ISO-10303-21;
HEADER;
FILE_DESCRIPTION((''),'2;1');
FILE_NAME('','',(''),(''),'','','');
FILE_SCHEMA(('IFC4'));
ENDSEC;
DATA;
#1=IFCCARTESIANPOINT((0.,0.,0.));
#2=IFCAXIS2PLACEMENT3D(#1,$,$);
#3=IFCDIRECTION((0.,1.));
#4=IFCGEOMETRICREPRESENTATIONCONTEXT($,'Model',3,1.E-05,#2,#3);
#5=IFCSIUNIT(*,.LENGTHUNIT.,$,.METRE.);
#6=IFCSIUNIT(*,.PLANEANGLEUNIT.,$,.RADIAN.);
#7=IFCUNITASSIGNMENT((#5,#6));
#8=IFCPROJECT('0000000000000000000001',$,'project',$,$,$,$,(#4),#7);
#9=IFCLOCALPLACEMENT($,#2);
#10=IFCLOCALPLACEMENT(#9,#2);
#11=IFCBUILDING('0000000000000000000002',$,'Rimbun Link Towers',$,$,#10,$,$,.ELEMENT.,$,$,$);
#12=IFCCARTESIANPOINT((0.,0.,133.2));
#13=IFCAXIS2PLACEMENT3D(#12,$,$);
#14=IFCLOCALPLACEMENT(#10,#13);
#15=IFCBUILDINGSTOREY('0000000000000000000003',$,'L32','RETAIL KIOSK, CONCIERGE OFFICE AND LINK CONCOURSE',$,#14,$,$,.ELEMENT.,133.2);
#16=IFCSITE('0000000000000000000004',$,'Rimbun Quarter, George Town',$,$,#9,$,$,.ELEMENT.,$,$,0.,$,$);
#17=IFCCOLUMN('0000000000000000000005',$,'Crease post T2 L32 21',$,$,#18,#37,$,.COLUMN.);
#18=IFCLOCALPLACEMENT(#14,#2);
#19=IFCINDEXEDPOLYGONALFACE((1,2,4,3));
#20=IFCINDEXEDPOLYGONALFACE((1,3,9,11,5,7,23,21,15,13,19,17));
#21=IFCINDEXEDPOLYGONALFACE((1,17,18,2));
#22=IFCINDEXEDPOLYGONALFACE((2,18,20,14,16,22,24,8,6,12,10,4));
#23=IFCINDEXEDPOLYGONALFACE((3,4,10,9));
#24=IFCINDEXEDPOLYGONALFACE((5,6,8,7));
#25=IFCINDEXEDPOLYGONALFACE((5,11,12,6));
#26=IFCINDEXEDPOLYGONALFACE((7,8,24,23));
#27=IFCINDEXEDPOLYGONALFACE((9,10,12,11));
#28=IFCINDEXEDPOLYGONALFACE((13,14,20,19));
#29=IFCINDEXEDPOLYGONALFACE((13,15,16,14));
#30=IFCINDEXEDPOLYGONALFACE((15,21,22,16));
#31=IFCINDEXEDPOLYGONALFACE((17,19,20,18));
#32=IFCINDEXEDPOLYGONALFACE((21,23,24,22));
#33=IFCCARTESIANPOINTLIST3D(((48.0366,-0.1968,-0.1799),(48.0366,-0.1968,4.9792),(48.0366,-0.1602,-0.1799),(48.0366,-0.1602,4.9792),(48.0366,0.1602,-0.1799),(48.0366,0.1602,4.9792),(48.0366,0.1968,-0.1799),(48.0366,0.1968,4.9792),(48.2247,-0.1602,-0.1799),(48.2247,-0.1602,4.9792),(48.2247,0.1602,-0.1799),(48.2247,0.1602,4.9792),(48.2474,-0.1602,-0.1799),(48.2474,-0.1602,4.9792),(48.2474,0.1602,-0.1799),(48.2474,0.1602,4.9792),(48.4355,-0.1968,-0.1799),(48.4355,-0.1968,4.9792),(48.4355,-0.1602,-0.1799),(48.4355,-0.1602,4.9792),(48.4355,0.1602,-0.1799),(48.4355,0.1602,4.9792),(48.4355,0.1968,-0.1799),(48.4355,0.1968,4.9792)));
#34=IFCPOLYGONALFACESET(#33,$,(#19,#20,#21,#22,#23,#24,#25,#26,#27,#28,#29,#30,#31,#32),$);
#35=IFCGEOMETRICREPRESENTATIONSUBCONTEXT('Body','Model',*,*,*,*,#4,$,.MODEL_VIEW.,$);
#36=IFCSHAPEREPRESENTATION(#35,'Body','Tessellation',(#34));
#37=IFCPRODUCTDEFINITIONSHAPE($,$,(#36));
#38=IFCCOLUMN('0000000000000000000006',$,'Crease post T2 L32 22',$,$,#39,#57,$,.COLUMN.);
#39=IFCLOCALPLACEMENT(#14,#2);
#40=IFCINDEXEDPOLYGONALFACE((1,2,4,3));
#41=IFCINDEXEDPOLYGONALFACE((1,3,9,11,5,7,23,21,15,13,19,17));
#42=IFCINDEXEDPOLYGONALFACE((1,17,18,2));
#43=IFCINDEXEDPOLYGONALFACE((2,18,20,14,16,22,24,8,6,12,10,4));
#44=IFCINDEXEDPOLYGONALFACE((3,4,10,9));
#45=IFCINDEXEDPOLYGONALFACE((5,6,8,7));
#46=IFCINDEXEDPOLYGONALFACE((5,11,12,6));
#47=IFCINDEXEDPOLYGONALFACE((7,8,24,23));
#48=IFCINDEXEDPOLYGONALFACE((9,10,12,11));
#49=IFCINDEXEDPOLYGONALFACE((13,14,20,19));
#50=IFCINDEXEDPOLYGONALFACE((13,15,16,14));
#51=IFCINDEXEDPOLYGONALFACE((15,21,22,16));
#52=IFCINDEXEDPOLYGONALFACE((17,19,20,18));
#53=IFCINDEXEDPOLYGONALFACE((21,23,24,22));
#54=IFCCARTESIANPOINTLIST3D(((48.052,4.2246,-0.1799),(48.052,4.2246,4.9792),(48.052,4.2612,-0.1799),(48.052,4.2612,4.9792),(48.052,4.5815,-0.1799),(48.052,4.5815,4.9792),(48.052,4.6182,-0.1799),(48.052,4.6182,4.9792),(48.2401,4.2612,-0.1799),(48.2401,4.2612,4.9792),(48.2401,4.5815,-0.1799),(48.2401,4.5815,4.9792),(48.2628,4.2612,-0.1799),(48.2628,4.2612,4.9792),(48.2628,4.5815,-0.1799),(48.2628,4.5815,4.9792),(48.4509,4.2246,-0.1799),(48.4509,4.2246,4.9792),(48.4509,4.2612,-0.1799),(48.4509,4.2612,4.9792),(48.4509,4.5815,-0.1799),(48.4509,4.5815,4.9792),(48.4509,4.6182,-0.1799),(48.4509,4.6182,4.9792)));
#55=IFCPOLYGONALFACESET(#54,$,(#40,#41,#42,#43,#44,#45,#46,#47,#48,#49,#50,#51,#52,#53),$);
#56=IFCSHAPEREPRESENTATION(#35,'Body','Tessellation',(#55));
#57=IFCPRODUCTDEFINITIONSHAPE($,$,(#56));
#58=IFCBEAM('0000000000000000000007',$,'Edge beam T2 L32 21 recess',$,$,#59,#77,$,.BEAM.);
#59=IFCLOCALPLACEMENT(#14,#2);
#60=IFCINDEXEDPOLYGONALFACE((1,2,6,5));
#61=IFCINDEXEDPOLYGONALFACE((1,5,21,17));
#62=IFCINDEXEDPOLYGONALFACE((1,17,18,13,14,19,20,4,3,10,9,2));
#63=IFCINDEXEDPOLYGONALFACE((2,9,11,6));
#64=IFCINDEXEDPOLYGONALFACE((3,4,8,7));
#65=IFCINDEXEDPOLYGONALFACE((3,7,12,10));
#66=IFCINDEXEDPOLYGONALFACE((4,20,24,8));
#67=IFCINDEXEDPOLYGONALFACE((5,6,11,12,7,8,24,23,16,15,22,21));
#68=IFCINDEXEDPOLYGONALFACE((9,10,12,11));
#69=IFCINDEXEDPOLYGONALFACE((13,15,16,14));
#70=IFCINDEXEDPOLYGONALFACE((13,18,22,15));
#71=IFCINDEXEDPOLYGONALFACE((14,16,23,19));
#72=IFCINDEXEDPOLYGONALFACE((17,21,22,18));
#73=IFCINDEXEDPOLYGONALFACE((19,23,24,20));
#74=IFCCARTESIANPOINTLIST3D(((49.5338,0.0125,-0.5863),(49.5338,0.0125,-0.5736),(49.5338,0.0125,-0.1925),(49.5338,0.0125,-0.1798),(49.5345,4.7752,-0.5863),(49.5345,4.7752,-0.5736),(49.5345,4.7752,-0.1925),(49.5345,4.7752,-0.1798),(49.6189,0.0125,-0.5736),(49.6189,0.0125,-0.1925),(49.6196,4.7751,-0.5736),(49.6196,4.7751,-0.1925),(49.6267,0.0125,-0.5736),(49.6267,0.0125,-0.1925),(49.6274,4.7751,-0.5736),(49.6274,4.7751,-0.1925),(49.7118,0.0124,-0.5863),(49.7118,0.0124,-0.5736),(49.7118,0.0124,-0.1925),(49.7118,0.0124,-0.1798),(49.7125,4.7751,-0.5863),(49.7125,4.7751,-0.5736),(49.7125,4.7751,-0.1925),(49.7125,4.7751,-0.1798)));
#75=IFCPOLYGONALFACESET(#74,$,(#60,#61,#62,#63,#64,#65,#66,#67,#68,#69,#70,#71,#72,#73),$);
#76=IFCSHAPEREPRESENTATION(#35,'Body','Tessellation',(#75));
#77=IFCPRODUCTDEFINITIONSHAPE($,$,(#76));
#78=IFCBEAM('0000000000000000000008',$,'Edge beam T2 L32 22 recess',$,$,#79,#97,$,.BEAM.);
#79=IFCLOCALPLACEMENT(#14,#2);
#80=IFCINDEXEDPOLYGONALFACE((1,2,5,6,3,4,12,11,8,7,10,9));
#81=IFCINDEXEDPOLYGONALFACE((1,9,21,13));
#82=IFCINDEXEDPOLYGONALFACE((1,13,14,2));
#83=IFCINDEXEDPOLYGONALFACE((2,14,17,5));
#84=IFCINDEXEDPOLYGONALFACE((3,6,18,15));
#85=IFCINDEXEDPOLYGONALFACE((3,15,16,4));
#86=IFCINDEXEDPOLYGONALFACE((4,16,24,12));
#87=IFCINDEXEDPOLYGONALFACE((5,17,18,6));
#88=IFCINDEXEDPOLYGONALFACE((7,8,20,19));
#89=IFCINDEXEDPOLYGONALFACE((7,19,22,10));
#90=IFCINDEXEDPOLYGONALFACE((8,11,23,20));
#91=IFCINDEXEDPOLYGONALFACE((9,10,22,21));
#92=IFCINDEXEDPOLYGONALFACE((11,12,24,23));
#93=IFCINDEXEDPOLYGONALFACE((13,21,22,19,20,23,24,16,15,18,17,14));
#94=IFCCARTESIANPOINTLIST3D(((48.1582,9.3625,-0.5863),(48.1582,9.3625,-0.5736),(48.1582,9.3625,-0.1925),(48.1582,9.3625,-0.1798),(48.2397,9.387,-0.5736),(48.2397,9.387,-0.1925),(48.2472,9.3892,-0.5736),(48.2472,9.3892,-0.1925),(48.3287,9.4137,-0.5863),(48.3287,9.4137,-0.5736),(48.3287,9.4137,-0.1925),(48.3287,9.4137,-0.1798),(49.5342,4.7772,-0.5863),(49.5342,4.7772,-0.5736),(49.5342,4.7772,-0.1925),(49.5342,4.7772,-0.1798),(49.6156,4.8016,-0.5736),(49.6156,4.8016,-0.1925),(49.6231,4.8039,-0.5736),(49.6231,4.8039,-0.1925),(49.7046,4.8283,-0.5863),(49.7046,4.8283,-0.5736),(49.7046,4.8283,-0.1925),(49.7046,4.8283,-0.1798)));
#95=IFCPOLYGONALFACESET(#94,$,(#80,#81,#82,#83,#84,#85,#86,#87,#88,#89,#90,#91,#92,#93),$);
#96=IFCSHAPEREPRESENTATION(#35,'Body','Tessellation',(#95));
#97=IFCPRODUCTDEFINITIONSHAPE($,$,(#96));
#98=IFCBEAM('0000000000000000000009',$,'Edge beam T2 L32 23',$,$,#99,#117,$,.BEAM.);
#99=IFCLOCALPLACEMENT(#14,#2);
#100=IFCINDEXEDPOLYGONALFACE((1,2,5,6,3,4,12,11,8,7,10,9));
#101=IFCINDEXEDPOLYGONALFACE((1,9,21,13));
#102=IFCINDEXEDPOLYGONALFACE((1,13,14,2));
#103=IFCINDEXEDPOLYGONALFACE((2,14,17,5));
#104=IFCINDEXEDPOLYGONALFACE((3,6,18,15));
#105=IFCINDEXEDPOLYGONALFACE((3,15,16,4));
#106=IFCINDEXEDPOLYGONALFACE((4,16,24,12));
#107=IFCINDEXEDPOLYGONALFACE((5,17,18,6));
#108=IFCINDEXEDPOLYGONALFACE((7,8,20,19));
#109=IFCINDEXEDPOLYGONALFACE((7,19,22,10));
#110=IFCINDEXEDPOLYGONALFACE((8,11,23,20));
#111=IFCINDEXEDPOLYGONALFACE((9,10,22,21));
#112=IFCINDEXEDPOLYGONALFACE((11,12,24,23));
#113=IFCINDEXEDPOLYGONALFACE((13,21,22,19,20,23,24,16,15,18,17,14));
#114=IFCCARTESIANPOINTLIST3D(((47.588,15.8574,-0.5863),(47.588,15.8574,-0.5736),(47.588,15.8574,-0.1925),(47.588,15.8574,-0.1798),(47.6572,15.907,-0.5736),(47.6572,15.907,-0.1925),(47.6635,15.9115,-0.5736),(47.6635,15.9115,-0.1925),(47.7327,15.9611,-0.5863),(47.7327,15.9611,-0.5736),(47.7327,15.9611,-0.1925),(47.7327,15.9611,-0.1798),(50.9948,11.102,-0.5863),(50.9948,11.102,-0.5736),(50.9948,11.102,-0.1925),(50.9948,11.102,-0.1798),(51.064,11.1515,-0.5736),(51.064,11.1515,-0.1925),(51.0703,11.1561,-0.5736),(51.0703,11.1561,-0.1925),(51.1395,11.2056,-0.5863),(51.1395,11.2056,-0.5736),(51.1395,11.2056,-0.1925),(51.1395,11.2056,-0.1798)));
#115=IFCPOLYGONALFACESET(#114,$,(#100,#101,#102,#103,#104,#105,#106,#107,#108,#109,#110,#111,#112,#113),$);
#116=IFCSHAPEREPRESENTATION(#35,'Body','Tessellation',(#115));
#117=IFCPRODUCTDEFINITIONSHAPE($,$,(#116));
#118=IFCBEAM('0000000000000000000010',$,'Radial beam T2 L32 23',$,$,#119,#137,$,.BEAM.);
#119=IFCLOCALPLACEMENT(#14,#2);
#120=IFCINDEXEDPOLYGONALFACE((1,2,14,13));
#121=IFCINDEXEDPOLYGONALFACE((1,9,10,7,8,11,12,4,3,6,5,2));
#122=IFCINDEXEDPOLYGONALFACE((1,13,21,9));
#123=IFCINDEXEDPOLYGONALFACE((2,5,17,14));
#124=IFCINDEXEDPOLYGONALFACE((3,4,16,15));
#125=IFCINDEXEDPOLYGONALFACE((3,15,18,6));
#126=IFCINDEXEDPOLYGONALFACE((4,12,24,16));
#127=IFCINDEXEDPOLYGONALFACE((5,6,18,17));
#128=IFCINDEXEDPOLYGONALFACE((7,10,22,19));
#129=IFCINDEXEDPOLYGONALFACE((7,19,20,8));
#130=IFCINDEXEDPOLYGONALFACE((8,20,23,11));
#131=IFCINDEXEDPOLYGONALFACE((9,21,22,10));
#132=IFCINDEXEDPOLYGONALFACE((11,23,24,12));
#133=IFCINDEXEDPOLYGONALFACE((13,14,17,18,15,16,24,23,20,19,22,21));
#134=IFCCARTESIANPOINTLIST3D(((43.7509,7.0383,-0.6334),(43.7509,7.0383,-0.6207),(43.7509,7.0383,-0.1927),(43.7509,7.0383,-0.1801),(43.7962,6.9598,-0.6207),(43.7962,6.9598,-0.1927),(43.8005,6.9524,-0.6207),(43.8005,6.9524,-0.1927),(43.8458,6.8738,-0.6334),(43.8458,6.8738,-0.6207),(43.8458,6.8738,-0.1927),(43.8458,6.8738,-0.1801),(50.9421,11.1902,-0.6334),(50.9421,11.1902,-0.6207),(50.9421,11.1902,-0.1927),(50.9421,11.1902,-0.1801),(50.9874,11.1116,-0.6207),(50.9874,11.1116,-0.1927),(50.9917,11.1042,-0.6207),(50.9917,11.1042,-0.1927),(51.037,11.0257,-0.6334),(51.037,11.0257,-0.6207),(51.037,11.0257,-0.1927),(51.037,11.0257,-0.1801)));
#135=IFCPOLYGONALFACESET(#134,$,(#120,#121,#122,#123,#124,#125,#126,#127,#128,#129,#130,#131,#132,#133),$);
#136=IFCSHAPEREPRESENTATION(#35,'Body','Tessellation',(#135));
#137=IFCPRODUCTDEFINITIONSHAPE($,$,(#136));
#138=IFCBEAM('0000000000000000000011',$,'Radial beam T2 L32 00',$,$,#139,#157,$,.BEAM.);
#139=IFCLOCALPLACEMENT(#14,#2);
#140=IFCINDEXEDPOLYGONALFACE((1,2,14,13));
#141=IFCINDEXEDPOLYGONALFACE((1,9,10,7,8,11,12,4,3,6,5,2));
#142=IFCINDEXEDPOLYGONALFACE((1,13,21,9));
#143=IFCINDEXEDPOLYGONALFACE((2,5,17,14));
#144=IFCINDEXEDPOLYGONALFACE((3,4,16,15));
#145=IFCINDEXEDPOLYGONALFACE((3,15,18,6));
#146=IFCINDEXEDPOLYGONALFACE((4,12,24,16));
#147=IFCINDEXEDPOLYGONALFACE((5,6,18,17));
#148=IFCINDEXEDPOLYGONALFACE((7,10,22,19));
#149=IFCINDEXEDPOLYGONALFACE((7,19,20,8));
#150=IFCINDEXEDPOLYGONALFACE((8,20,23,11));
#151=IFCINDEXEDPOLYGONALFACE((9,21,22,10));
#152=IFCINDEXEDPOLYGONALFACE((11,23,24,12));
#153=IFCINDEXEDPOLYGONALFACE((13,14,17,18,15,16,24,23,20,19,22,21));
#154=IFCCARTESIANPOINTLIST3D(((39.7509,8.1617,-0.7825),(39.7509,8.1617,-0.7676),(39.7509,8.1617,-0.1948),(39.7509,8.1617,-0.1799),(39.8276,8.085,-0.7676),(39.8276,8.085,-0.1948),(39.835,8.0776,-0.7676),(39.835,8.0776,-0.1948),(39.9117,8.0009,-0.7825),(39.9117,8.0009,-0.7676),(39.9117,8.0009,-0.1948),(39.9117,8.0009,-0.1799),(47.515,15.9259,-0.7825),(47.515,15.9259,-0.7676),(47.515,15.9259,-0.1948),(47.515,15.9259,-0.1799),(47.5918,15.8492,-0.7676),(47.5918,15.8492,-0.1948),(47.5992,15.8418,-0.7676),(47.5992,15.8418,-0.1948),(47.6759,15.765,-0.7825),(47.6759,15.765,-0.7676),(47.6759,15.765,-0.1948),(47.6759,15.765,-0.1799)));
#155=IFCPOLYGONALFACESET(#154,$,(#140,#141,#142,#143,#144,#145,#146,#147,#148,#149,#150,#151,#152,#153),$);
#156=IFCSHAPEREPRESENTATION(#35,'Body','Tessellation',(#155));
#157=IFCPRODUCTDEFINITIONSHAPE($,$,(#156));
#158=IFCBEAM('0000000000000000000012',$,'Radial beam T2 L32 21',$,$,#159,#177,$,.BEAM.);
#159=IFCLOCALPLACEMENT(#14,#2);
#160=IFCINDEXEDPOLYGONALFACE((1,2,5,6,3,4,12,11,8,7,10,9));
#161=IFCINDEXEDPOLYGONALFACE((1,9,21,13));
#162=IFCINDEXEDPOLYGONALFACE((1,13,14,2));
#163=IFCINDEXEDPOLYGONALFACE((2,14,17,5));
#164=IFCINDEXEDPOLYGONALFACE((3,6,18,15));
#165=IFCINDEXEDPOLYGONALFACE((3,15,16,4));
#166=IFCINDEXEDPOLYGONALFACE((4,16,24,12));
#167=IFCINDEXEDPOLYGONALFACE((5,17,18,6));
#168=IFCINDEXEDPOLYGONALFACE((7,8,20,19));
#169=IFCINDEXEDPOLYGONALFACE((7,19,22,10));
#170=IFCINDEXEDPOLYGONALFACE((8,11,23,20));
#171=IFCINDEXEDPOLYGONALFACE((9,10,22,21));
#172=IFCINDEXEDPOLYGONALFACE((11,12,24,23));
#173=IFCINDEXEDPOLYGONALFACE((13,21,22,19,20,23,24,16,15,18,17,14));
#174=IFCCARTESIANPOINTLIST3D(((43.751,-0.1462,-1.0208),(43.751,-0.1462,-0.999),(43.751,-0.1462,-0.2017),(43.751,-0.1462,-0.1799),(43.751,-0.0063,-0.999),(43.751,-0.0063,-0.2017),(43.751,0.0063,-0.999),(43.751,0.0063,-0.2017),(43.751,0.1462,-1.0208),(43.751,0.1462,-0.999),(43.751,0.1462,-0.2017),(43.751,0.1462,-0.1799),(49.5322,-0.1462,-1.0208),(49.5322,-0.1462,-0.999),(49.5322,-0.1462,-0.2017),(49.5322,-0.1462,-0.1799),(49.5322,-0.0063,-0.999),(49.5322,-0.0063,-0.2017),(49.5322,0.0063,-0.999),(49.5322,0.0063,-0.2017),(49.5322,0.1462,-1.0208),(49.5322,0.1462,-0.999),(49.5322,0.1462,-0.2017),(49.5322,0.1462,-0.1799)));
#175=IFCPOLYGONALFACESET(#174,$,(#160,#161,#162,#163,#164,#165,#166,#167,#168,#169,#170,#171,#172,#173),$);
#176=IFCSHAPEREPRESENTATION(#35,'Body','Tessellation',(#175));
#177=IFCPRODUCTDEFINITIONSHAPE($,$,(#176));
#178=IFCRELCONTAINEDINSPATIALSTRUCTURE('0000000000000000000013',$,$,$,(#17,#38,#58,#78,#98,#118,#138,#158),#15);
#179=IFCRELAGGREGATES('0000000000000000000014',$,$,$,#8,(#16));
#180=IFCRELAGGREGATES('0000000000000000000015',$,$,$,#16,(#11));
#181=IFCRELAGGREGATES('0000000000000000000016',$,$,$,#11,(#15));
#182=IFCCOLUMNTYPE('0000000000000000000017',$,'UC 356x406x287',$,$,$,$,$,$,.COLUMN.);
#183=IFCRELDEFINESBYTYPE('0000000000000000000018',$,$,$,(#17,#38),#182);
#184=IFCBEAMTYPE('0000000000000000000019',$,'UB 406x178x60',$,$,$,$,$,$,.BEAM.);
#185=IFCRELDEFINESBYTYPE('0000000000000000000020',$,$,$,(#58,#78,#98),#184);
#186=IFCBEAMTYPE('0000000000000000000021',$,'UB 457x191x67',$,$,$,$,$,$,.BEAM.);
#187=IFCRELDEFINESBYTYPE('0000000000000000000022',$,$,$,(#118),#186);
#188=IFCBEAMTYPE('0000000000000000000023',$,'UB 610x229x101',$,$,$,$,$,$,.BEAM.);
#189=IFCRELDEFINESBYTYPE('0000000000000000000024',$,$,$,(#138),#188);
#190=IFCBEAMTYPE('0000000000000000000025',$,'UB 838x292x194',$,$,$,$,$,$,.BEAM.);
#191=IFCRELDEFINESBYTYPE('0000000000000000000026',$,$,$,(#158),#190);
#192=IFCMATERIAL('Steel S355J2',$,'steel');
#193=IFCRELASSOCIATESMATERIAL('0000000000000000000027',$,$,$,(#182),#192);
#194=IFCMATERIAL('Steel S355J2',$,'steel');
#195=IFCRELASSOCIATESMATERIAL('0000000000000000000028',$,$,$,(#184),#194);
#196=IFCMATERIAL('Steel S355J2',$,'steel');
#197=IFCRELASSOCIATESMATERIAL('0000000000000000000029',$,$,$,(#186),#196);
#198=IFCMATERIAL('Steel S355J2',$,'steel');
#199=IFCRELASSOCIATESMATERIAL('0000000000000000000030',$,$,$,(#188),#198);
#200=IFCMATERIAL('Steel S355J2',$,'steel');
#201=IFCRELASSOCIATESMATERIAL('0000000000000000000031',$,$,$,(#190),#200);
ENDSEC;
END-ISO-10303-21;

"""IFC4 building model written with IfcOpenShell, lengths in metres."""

from ifc_helpers import new_model, si_unit, direction, frame, origin, origin_2d, place, context, subcontext, project, spatial, i_section, extrude, material, material_profile, profile_set, type_object, element, save


model = new_model("IFC4")

# Units and contexts
model_context = context("Model", 3, precision=1e-05, world=origin(), true_north=direction((0.0, 1.0)))
body_context = subcontext(model_context, "Body", "Model", "MODEL_VIEW")
ifc_project = project(units=[si_unit("LENGTHUNIT", "METRE"), si_unit("PLANEANGLEUNIT", "RADIAN")], contexts=[model_context])

# Site, building, storey
site_placement = place(None, origin())
site = spatial("IfcSite", under=ifc_project, at=site_placement, Name="Rimbun Quarter, George Town", CompositionType="ELEMENT", RefElevation=0.0)
building_placement = place(site_placement, origin())
building = spatial("IfcBuilding", under=site, at=building_placement, Name="Rimbun Link Towers", CompositionType="ELEMENT")
storey_placement = place(building_placement, frame((0.0, 0.0, 133.2)))
storey = spatial("IfcBuildingStorey", under=building, at=storey_placement, Name="L32", Description="RETAIL KIOSK, CONCIERGE OFFICE AND LINK CONCOURSE", CompositionType="ELEMENT", Elevation=133.2)

# Columns
ifc_material_1 = material(Name="Steel S355J2", Category="steel")
ifc_material_profile_1 = material_profile(ifc_material_1, i_section(OverallWidth=0.3989, OverallDepth=0.3936, WebThickness=0.0227, FlangeThickness=0.0366, at=origin_2d()), Name="UC 356x406x287")
ifc_profile_set_1 = profile_set([ifc_material_profile_1], Name="Steel S355J2")
column_type = type_object("IfcColumnType", Name="UC 356x406x287", PredefinedType="COLUMN", material=ifc_profile_set_1)
for number, where, z_axis, x_axis, name in (
    (1, (48.2361, 0.0, -0.1799), (0.0, 0.0, 1.0), (1.0, 0.0, 0.0), "Crease post T2 L32 21"),
    (2, (48.2515, 4.4214, -0.1799), (0.0, 0.0, 1.0), (1.0, 0.0, 0.0), "Crease post T2 L32 22"),
):
    element("IfcColumn", number, at=place(storey_placement, frame(where, z_axis=z_axis, x_axis=x_axis)), inside=storey, type_object=column_type, Name=name, PredefinedType="COLUMN", context=body_context, shape_type="SweptSolid", body=[
        extrude(i_section(OverallWidth=0.3989, OverallDepth=0.3936, WebThickness=0.0227, FlangeThickness=0.0366, at=origin_2d()), origin(), (0.0, 0.0, 1.0), 5.1592),
    ])

# Beams
ifc_material_2 = material(Name="Steel S355J2", Category="steel")
ifc_material_profile_2 = material_profile(ifc_material_2, i_section(OverallWidth=0.178, OverallDepth=0.4065, WebThickness=0.0078, FlangeThickness=0.0127, at=origin_2d()), Name="UB 406x178x60")
ifc_profile_set_2 = profile_set([ifc_material_profile_2], Name="Steel S355J2")
beam_type_1 = type_object("IfcBeamType", Name="UB 406x178x60", PredefinedType="BEAM", material=ifc_profile_set_2)
beam_1_placement = place(storey_placement, frame((49.6228, 0.0125, -0.3831), z_axis=(0.000154, 1.0, 0.0), x_axis=(-1.0, 0.000154, 0.0)))
element("IfcBeam", 3, at=beam_1_placement, inside=storey, type_object=beam_type_1, Name="Edge beam T2 L32 21 recess", PredefinedType="BEAM", context=body_context, shape_type="SweptSolid", body=[
    extrude(i_section(OverallWidth=0.178, OverallDepth=0.4065, WebThickness=0.0078, FlangeThickness=0.0127, at=origin_2d()), origin(), (0.0, 0.0, 1.0), 4.7627),
])
beam_2_placement = place(storey_placement, frame((49.6194, 4.8027, -0.3831), z_axis=(-0.287413, 0.957807, 0.0), x_axis=(-0.957807, -0.287413, 0.0)))
element("IfcBeam", 4, at=beam_2_placement, inside=storey, type_object=beam_type_1, Name="Edge beam T2 L32 22 recess", PredefinedType="BEAM", context=body_context, shape_type="SweptSolid", body=[
    extrude(i_section(OverallWidth=0.178, OverallDepth=0.4065, WebThickness=0.0078, FlangeThickness=0.0127, at=origin_2d()), origin(), (0.0, 0.0, 1.0), 4.7874),
])
beam_3_placement = place(storey_placement, frame((51.0671, 11.1538, -0.3831), z_axis=(-0.582375, 0.812921, 0.0), x_axis=(-0.812921, -0.582375, 0.0)))
element("IfcBeam", 5, at=beam_3_placement, inside=storey, type_object=beam_type_1, Name="Edge beam T2 L32 23", PredefinedType="BEAM", context=body_context, shape_type="SweptSolid", body=[
    extrude(i_section(OverallWidth=0.178, OverallDepth=0.4065, WebThickness=0.0078, FlangeThickness=0.0127, at=origin_2d()), origin(), (0.0, 0.0, 1.0), 5.8499),
])
ifc_material_3 = material(Name="Steel S355J2", Category="steel")
ifc_material_profile_3 = material_profile(ifc_material_3, i_section(OverallWidth=0.1899, OverallDepth=0.4534, WebThickness=0.0085, FlangeThickness=0.0127, at=origin_2d()), Name="UB 457x191x67")
ifc_profile_set_3 = profile_set([ifc_material_profile_3], Name="Steel S355J2")
beam_type_2 = type_object("IfcBeamType", Name="UB 457x191x67", PredefinedType="BEAM", material=ifc_profile_set_3)
beam_4_placement = place(storey_placement, frame((43.7983, 6.9561, -0.4067), z_axis=(0.866024, 0.500003, 0.0), x_axis=(-0.500003, 0.866024, 0.0)))
element("IfcBeam", 6, at=beam_4_placement, inside=storey, type_object=beam_type_2, Name="Radial beam T2 L32 23", PredefinedType="BEAM", context=body_context, shape_type="SweptSolid", body=[
    extrude(i_section(OverallWidth=0.1899, OverallDepth=0.4534, WebThickness=0.0085, FlangeThickness=0.0127, at=origin_2d()), origin(), (0.0, 0.0, 1.0), 8.3037),
])
ifc_material_4 = material(Name="Steel S355J2", Category="steel")
ifc_material_profile_4 = material_profile(ifc_material_4, i_section(OverallWidth=0.2275, OverallDepth=0.6025, WebThickness=0.0105, FlangeThickness=0.0149, at=origin_2d()), Name="UB 610x229x101")
ifc_profile_set_4 = profile_set([ifc_material_profile_4], Name="Steel S355J2")
beam_type_3 = type_object("IfcBeamType", Name="UB 610x229x101", PredefinedType="BEAM", material=ifc_profile_set_4)
beam_5_placement = place(storey_placement, frame((39.8313, 8.0813, -0.4812), z_axis=(0.707107, 0.707107, 0.0), x_axis=(-0.707107, 0.707107, 0.0)))
element("IfcBeam", 7, at=beam_5_placement, inside=storey, type_object=beam_type_3, Name="Radial beam T2 L32 00", PredefinedType="BEAM", context=body_context, shape_type="SweptSolid", body=[
    extrude(i_section(OverallWidth=0.2275, OverallDepth=0.6025, WebThickness=0.0105, FlangeThickness=0.0149, at=origin_2d()), origin(), (0.0, 0.0, 1.0), 10.9802),
])
ifc_material_5 = material(Name="Steel S355J2", Category="steel")
ifc_material_profile_5 = material_profile(ifc_material_5, i_section(OverallWidth=0.2925, OverallDepth=0.8408, WebThickness=0.0127, FlangeThickness=0.0217, at=origin_2d()), Name="UB 838x292x194")
ifc_profile_set_5 = profile_set([ifc_material_profile_5], Name="Steel S355J2")
beam_type_4 = type_object("IfcBeamType", Name="UB 838x292x194", PredefinedType="BEAM", material=ifc_profile_set_5)
beam_6_placement = place(storey_placement, frame((43.751, 0.0, -0.6003), z_axis=(1.0, 0.0, 0.0), x_axis=(0.0, 1.0, 0.0)))
element("IfcBeam", 8, at=beam_6_placement, inside=storey, type_object=beam_type_4, Name="Radial beam T2 L32 21", PredefinedType="BEAM", context=body_context, shape_type="SweptSolid", body=[
    extrude(i_section(OverallWidth=0.2925, OverallDepth=0.8408, WebThickness=0.0127, FlangeThickness=0.0217, at=origin_2d()), origin(), (0.0, 0.0, 1.0), 5.7812),
])

save(model, "model.ifc")
